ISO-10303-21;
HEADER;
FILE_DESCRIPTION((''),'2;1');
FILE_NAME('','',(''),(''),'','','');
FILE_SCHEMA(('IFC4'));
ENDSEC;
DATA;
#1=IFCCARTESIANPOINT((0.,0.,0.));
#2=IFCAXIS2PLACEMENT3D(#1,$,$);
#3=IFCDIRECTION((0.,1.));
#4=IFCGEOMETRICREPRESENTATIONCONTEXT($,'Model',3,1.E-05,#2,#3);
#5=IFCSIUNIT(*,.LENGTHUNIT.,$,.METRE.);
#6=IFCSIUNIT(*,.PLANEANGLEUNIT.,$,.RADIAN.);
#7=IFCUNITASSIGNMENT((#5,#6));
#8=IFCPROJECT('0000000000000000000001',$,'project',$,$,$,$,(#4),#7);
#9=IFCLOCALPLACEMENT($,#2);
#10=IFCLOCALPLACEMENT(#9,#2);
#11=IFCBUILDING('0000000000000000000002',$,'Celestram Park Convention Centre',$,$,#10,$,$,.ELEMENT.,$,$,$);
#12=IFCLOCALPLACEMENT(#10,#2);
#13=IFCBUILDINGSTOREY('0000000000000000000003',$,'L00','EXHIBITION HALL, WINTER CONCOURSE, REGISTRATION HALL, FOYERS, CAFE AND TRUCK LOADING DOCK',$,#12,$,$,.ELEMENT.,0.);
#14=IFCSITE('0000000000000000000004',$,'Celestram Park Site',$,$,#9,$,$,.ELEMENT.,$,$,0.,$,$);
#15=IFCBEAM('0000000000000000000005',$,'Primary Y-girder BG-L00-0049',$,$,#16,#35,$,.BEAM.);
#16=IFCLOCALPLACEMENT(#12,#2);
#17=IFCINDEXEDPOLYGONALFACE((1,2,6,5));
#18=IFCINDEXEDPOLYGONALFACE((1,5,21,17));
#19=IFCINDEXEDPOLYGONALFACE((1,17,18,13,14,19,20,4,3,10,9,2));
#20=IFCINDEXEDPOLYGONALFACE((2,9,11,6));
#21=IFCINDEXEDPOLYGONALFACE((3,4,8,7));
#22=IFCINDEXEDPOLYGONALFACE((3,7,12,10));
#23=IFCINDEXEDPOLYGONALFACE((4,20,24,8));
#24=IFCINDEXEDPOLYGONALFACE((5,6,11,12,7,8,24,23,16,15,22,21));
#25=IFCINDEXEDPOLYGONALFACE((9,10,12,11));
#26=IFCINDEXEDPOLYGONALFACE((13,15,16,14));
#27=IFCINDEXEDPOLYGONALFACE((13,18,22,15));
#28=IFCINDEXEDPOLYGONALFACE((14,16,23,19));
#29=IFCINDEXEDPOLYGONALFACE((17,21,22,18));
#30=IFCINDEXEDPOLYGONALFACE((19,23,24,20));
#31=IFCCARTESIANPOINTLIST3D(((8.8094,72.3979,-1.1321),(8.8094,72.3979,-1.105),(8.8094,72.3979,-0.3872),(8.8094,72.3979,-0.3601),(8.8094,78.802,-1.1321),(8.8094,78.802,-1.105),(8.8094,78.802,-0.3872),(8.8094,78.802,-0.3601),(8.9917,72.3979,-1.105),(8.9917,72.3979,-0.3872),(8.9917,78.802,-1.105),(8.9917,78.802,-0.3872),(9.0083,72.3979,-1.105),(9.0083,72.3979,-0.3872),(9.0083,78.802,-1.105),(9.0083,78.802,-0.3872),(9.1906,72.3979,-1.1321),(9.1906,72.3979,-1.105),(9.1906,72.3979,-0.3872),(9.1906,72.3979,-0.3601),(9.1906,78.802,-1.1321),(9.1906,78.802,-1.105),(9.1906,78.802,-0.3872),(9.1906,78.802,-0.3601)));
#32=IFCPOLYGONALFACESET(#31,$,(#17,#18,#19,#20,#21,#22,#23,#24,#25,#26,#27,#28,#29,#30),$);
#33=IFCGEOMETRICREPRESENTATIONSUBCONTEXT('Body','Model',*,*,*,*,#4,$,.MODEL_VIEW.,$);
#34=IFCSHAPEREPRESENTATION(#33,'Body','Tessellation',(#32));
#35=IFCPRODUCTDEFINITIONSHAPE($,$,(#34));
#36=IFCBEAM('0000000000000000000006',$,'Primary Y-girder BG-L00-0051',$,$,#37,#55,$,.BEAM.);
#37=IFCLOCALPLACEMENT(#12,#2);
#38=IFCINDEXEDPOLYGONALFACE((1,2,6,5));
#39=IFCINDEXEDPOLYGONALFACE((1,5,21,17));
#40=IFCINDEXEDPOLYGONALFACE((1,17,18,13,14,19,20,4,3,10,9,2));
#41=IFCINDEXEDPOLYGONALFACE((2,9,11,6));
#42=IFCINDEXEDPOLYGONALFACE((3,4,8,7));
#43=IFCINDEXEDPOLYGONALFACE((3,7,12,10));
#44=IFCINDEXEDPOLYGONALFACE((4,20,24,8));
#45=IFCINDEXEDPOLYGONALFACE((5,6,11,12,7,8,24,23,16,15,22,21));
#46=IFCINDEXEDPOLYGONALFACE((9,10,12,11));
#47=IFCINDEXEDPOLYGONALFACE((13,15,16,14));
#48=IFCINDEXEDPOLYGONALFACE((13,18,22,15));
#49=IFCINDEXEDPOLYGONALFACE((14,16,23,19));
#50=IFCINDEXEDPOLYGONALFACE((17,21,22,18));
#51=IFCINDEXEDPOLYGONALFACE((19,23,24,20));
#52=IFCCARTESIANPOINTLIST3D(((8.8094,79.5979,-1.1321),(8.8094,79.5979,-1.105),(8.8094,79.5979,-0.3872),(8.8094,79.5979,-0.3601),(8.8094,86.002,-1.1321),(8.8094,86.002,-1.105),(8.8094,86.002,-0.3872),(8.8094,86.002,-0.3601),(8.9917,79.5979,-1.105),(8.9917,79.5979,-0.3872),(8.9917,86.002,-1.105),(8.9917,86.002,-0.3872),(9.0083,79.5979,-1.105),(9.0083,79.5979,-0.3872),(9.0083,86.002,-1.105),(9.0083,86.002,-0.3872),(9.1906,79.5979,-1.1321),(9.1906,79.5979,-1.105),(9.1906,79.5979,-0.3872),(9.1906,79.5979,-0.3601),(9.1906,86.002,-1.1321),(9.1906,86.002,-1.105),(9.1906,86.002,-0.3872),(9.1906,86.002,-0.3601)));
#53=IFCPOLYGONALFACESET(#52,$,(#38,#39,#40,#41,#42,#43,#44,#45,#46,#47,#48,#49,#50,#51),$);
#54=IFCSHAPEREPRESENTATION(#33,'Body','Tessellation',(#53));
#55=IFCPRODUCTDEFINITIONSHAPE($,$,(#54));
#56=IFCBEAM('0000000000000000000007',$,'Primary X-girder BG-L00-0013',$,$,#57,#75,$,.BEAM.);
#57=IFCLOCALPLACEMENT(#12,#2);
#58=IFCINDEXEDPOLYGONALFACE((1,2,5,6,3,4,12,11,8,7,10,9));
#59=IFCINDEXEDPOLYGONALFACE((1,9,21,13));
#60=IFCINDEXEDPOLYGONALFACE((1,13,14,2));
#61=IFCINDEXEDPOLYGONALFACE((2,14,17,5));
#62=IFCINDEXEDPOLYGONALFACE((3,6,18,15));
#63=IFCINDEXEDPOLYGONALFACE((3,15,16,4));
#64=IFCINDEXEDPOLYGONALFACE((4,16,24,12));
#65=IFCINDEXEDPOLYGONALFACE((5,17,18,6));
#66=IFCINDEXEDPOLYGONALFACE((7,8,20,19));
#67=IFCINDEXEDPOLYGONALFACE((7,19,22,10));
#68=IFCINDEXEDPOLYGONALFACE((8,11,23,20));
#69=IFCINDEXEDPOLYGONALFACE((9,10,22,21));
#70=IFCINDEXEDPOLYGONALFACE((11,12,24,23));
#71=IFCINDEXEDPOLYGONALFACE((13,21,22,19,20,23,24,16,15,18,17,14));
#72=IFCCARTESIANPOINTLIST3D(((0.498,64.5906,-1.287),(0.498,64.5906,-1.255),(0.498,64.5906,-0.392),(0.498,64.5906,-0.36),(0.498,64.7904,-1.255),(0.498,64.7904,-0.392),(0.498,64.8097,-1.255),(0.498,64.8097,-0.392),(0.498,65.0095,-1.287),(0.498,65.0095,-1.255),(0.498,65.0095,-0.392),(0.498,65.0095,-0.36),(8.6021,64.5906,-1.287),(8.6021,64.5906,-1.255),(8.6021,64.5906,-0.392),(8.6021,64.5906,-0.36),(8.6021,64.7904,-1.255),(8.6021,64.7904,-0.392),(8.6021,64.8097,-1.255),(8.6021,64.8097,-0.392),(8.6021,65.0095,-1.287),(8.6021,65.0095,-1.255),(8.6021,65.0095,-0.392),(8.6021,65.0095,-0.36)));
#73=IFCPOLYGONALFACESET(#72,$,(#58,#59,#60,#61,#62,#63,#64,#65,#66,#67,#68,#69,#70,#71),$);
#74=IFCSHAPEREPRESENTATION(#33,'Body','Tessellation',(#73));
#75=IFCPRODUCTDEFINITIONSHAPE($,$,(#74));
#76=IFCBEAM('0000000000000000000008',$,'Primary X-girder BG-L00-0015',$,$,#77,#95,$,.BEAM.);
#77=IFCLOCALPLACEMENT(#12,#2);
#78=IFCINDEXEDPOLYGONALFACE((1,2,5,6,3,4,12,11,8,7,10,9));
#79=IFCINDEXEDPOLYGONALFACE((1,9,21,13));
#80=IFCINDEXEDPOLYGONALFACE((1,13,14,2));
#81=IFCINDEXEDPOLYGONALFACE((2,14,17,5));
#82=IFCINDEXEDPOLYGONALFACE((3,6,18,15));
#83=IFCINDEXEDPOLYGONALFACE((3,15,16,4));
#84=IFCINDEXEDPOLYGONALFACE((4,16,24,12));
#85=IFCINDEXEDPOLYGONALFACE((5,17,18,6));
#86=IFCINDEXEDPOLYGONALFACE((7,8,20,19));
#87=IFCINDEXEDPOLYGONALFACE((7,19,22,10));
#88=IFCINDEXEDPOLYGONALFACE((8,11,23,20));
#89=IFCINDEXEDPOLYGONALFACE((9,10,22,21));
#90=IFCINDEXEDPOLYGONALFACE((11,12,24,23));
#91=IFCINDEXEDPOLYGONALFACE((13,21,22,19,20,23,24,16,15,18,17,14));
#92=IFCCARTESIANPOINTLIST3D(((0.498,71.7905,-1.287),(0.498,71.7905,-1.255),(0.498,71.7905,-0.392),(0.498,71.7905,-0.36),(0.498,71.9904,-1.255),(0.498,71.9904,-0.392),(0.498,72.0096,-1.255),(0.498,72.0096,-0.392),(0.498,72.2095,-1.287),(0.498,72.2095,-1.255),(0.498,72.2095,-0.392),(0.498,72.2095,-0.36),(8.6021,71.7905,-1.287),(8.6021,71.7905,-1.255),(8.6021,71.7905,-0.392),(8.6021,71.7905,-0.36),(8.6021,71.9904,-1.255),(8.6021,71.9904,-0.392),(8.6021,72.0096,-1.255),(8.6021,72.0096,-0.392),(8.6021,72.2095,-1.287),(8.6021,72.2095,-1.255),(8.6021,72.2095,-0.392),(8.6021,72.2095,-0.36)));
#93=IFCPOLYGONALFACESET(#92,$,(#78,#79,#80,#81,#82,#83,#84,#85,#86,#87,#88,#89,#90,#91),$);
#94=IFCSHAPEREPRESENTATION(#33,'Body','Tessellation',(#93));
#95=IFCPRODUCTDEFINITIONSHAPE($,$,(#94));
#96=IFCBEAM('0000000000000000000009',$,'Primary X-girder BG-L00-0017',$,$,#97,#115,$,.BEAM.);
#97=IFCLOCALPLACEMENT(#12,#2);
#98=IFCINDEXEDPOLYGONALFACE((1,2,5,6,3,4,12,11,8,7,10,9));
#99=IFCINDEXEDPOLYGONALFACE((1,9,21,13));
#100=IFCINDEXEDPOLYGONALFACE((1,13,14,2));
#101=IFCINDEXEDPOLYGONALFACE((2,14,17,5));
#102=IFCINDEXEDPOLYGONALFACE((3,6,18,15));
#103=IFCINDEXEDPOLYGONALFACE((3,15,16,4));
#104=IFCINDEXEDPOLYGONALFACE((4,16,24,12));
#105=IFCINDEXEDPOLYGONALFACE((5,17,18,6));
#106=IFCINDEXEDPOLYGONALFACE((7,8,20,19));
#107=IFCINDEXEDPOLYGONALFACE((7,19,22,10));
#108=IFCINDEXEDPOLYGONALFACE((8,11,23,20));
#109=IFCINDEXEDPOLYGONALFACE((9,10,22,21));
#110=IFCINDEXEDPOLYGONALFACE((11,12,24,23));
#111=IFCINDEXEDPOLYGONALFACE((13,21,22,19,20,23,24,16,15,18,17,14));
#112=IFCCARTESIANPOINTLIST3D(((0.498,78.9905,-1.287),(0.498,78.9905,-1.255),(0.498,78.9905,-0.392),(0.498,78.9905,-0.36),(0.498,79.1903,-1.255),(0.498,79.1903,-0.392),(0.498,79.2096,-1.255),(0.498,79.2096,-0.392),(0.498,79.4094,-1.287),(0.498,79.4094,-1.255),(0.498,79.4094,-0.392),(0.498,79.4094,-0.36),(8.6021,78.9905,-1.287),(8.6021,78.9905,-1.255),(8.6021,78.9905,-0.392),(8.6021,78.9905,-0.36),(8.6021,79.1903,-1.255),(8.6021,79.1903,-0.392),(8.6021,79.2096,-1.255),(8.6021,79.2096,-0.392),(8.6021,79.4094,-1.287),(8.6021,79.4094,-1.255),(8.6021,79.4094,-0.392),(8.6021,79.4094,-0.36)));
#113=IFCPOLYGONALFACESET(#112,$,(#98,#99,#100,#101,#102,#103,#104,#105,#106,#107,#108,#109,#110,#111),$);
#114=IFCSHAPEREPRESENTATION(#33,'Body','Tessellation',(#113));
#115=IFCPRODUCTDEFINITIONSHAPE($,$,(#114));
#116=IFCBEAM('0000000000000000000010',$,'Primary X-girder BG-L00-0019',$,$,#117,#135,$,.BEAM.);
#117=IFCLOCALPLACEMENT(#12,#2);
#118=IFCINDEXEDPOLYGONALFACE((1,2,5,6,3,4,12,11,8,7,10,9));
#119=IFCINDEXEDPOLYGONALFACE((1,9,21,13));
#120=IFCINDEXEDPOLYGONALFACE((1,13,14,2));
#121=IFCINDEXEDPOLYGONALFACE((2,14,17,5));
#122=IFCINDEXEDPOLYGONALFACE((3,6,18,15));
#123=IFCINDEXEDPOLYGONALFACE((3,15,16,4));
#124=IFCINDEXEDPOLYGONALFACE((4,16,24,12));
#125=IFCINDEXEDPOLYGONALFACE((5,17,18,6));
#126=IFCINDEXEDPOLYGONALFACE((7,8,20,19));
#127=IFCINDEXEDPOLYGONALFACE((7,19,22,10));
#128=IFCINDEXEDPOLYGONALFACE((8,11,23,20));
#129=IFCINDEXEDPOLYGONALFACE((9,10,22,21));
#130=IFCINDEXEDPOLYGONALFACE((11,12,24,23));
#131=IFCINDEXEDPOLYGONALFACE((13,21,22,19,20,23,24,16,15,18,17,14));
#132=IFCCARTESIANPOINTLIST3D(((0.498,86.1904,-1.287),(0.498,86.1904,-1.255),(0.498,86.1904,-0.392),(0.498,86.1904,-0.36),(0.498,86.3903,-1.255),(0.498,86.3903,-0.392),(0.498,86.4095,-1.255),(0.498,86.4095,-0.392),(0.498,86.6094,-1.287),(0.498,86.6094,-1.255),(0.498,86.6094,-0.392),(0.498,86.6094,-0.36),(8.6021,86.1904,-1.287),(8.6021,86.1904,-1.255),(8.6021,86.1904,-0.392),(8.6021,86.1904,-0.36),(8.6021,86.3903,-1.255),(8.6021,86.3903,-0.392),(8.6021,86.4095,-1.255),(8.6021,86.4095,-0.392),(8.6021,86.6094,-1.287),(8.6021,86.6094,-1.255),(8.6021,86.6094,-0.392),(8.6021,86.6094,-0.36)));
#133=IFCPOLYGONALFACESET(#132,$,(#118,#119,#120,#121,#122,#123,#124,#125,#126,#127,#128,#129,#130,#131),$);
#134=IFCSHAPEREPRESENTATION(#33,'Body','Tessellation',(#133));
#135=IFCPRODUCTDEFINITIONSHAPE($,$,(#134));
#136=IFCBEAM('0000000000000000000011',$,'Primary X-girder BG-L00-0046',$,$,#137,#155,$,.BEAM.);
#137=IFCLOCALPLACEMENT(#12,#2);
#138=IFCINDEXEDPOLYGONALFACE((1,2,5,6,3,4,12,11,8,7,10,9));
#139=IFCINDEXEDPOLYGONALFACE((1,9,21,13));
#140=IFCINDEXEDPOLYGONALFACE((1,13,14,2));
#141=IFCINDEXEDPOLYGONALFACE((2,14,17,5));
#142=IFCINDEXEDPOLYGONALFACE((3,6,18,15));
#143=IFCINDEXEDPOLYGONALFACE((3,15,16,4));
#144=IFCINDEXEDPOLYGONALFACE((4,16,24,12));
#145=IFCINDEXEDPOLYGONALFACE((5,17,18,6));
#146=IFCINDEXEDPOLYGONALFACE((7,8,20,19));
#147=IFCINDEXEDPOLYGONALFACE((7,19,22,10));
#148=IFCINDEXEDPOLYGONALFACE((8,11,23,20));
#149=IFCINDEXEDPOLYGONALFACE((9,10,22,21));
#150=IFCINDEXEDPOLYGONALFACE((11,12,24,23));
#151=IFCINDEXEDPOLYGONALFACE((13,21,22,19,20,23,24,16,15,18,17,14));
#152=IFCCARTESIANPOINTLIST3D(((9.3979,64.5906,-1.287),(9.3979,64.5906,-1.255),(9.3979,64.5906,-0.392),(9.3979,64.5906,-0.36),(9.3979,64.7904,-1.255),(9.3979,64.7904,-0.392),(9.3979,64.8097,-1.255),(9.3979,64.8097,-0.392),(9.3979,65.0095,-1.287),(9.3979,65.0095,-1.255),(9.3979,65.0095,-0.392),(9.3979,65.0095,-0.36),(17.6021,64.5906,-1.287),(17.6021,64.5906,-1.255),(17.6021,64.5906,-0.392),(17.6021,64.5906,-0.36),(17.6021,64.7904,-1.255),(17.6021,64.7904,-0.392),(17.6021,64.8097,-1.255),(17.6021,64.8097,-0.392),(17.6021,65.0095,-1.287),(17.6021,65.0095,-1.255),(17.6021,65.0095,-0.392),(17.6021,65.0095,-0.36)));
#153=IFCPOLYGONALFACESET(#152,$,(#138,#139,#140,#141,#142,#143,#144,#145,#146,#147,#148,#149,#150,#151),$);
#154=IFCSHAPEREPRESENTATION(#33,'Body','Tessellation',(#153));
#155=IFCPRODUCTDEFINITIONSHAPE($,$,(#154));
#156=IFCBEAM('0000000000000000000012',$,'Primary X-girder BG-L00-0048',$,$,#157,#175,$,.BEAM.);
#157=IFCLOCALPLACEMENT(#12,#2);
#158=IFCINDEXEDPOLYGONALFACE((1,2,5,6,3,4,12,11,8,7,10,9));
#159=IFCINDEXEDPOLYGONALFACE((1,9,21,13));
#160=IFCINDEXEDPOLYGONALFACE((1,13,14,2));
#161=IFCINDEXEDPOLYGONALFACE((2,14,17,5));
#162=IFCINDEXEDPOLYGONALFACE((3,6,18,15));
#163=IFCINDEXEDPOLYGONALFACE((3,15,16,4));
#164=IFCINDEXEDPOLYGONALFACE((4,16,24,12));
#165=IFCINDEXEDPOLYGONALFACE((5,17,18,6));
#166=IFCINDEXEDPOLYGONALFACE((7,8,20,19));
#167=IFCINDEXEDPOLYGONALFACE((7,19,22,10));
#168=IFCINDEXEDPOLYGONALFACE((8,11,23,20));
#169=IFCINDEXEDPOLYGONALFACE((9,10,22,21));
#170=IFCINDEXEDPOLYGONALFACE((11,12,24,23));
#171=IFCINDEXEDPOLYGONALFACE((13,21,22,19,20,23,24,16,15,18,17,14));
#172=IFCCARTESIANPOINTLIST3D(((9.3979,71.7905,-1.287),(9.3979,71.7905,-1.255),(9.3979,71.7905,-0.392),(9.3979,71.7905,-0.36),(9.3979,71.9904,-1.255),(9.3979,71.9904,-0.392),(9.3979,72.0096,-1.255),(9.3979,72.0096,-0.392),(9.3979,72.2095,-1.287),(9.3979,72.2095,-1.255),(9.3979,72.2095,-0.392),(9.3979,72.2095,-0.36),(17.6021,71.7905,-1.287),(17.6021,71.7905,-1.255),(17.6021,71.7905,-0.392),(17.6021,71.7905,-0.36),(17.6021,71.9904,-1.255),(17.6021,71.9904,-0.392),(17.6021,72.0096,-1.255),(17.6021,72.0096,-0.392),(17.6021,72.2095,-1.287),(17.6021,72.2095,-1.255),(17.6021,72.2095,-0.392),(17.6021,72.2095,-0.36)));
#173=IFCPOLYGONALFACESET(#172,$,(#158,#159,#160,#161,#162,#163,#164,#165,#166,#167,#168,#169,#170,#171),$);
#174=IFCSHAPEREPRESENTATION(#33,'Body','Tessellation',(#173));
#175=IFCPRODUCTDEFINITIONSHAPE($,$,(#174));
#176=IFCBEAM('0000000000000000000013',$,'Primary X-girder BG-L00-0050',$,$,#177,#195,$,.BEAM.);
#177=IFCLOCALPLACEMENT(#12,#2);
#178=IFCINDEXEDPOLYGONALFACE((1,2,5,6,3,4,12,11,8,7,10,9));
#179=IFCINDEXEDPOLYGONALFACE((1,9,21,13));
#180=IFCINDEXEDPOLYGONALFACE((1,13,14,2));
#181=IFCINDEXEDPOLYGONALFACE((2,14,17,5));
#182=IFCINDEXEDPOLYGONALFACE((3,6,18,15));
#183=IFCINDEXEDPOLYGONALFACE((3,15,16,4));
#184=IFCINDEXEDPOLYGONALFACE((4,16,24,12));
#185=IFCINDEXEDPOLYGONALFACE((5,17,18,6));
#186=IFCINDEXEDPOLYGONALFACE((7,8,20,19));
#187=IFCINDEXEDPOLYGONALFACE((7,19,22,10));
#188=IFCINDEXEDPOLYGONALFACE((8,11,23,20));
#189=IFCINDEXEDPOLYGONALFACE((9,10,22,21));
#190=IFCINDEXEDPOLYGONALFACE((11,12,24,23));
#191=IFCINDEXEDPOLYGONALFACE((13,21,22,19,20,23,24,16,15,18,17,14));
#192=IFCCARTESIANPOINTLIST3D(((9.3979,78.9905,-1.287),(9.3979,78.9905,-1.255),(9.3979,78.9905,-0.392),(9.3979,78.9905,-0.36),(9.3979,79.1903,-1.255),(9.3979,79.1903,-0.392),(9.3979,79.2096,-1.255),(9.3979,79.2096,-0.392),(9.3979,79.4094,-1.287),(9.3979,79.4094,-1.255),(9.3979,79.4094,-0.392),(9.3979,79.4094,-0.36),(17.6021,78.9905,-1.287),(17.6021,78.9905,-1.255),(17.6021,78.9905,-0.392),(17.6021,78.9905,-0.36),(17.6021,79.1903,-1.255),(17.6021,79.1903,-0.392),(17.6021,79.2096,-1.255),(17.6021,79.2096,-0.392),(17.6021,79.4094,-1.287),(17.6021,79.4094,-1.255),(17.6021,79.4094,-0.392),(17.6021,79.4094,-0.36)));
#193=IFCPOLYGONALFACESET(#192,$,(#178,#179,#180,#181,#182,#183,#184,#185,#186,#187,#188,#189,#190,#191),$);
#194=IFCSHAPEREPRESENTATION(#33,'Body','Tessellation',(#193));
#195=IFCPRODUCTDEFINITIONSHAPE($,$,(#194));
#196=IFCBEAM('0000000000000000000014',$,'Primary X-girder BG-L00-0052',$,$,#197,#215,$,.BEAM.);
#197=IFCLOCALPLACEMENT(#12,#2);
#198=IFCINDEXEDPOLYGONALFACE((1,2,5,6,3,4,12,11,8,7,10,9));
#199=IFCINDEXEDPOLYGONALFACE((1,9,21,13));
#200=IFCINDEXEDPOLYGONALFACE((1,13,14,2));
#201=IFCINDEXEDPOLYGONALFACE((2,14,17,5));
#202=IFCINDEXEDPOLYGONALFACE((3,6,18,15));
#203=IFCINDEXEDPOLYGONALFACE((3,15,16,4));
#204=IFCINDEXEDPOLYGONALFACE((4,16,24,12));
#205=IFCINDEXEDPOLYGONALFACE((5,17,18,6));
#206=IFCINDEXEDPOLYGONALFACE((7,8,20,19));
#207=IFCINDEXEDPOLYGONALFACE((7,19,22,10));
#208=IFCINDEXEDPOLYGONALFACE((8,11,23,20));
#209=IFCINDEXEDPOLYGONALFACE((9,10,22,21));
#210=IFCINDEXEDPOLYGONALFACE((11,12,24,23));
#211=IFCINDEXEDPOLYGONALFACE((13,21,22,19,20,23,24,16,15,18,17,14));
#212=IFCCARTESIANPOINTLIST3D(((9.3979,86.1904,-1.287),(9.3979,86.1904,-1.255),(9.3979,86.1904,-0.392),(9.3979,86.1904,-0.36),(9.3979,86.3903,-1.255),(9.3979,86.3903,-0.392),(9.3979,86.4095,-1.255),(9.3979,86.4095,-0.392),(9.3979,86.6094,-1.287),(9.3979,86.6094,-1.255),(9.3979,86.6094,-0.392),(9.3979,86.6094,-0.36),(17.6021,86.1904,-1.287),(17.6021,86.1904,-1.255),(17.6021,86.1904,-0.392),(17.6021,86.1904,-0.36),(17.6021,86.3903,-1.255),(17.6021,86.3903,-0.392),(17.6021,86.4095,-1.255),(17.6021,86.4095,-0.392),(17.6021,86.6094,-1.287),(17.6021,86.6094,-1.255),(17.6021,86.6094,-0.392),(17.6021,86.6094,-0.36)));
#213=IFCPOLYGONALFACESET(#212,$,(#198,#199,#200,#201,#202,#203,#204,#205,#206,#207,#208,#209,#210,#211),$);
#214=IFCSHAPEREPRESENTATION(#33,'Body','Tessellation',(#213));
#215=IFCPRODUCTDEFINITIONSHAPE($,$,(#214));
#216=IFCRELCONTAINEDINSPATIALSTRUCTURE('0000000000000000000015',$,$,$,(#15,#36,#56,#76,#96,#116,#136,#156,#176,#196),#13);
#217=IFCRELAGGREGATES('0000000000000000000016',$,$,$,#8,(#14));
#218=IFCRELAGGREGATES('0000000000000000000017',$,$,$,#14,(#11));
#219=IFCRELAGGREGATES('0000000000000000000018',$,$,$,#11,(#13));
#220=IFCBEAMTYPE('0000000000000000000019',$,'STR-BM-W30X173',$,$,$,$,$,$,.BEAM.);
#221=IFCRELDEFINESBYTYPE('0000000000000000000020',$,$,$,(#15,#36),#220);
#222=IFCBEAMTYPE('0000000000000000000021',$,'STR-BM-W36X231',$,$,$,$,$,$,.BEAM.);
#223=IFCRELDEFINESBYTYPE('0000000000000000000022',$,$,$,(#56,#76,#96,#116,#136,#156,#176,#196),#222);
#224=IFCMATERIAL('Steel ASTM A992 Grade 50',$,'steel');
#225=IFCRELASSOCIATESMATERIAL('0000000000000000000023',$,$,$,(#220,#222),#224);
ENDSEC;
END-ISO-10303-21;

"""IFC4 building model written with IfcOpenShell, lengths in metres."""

from ifc_helpers import new_model, si_unit, direction, frame, origin, origin_2d, place, context, subcontext, project, spatial, i_section, extrude, material, material_profile, profile_set, type_object, element, save


model = new_model("IFC4")

# Units and contexts
model_context = context("Model", 3, precision=1e-05, world=origin(), true_north=direction((0.0, 1.0)))
body_context = subcontext(model_context, "Body", "Model", "MODEL_VIEW")
ifc_project = project(units=[si_unit("LENGTHUNIT", "METRE"), si_unit("PLANEANGLEUNIT", "RADIAN")], contexts=[model_context])

# Site, building, storey
site_placement = place(None, origin())
site = spatial("IfcSite", under=ifc_project, at=site_placement, Name="Celestram Park Site", CompositionType="ELEMENT", RefElevation=0.0)
building_placement = place(site_placement, origin())
building = spatial("IfcBuilding", under=site, at=building_placement, Name="Celestram Park Convention Centre", CompositionType="ELEMENT")
storey_placement = place(building_placement, origin())
storey = spatial("IfcBuildingStorey", under=building, at=storey_placement, Name="L00", Description="EXHIBITION HALL, WINTER CONCOURSE, REGISTRATION HALL, FOYERS, CAFE AND TRUCK LOADING DOCK", CompositionType="ELEMENT", Elevation=0.0)

# Shared definitions
ifc_material_1 = material(Name="Steel ASTM A992 Grade 50", Category="steel")

# Beams
ifc_material_profile_1 = material_profile(ifc_material_1, i_section(OverallWidth=0.3811, OverallDepth=0.772, WebThickness=0.0166, FlangeThickness=0.0271, at=origin_2d()), Name="W30X173")
ifc_profile_set_1 = profile_set([ifc_material_profile_1], Name="Steel ASTM A992 Grade 50")
beam_type_1 = type_object("IfcBeamType", Name="STR-BM-W30X173", PredefinedType="BEAM", material=ifc_profile_set_1)
for number, where, z_axis, x_axis, name in (
    (1, (9.0, 72.3979, -0.7461), (0.0, 1.0, 0.0), (-1.0, 0.0, 0.0), "Primary Y-girder BG-L00-0049"),
    (2, (9.0, 79.5979, -0.7461), (0.0, 1.0, 0.0), (-1.0, 0.0, 0.0), "Primary Y-girder BG-L00-0051"),
):
    element("IfcBeam", number, at=place(storey_placement, frame(where, z_axis=z_axis, x_axis=x_axis)), inside=storey, type_object=beam_type_1, Name=name, PredefinedType="BEAM", context=body_context, shape_type="SweptSolid", body=[
        extrude(i_section(OverallWidth=0.3811, OverallDepth=0.772, WebThickness=0.0166, FlangeThickness=0.0271, at=origin_2d()), origin(), (0.0, 0.0, 1.0), 6.4041),
    ])
ifc_material_profile_2 = material_profile(ifc_material_1, i_section(OverallWidth=0.4189, OverallDepth=0.927, WebThickness=0.0193, FlangeThickness=0.032, at=origin_2d()), Name="W36X231")
ifc_profile_set_2 = profile_set([ifc_material_profile_2], Name="Steel ASTM A992 Grade 50")
beam_type_2 = type_object("IfcBeamType", Name="STR-BM-W36X231", PredefinedType="BEAM", material=ifc_profile_set_2)
for number, where, z_axis, x_axis, name in (
    (3, (0.498, 64.8, -0.8235), (1.0, 0.0, 0.0), (0.0, 1.0, 0.0), "Primary X-girder BG-L00-0013"),
    (4, (0.498, 72.0, -0.8235), (1.0, 0.0, 0.0), (0.0, 1.0, 0.0), "Primary X-girder BG-L00-0015"),
    (5, (0.498, 79.2, -0.8235), (1.0, 0.0, 0.0), (0.0, 1.0, 0.0), "Primary X-girder BG-L00-0017"),
    (6, (0.498, 86.3999, -0.8235), (1.0, 0.0, 0.0), (0.0, 1.0, 0.0), "Primary X-girder BG-L00-0019"),
):
    element("IfcBeam", number, at=place(storey_placement, frame(where, z_axis=z_axis, x_axis=x_axis)), inside=storey, type_object=beam_type_2, Name=name, PredefinedType="BEAM", context=body_context, shape_type="SweptSolid", body=[
        extrude(i_section(OverallWidth=0.4189, OverallDepth=0.927, WebThickness=0.0193, FlangeThickness=0.032, at=origin_2d()), origin(), (0.0, 0.0, 1.0), 8.104),
    ])
for number, where, z_axis, x_axis, name in (
    (7, (9.3979, 64.8, -0.8235), (1.0, 0.0, 0.0), (0.0, 1.0, 0.0), "Primary X-girder BG-L00-0046"),
    (8, (9.3979, 72.0, -0.8235), (1.0, 0.0, 0.0), (0.0, 1.0, 0.0), "Primary X-girder BG-L00-0048"),
    (9, (9.3979, 79.2, -0.8235), (1.0, 0.0, 0.0), (0.0, 1.0, 0.0), "Primary X-girder BG-L00-0050"),
    (10, (9.3979, 86.3999, -0.8235), (1.0, 0.0, 0.0), (0.0, 1.0, 0.0), "Primary X-girder BG-L00-0052"),
):
    element("IfcBeam", number, at=place(storey_placement, frame(where, z_axis=z_axis, x_axis=x_axis)), inside=storey, type_object=beam_type_2, Name=name, PredefinedType="BEAM", context=body_context, shape_type="SweptSolid", body=[
        extrude(i_section(OverallWidth=0.4189, OverallDepth=0.927, WebThickness=0.0193, FlangeThickness=0.032, at=origin_2d()), origin(), (0.0, 0.0, 1.0), 8.2041),
    ])

save(model, "model.ifc")
